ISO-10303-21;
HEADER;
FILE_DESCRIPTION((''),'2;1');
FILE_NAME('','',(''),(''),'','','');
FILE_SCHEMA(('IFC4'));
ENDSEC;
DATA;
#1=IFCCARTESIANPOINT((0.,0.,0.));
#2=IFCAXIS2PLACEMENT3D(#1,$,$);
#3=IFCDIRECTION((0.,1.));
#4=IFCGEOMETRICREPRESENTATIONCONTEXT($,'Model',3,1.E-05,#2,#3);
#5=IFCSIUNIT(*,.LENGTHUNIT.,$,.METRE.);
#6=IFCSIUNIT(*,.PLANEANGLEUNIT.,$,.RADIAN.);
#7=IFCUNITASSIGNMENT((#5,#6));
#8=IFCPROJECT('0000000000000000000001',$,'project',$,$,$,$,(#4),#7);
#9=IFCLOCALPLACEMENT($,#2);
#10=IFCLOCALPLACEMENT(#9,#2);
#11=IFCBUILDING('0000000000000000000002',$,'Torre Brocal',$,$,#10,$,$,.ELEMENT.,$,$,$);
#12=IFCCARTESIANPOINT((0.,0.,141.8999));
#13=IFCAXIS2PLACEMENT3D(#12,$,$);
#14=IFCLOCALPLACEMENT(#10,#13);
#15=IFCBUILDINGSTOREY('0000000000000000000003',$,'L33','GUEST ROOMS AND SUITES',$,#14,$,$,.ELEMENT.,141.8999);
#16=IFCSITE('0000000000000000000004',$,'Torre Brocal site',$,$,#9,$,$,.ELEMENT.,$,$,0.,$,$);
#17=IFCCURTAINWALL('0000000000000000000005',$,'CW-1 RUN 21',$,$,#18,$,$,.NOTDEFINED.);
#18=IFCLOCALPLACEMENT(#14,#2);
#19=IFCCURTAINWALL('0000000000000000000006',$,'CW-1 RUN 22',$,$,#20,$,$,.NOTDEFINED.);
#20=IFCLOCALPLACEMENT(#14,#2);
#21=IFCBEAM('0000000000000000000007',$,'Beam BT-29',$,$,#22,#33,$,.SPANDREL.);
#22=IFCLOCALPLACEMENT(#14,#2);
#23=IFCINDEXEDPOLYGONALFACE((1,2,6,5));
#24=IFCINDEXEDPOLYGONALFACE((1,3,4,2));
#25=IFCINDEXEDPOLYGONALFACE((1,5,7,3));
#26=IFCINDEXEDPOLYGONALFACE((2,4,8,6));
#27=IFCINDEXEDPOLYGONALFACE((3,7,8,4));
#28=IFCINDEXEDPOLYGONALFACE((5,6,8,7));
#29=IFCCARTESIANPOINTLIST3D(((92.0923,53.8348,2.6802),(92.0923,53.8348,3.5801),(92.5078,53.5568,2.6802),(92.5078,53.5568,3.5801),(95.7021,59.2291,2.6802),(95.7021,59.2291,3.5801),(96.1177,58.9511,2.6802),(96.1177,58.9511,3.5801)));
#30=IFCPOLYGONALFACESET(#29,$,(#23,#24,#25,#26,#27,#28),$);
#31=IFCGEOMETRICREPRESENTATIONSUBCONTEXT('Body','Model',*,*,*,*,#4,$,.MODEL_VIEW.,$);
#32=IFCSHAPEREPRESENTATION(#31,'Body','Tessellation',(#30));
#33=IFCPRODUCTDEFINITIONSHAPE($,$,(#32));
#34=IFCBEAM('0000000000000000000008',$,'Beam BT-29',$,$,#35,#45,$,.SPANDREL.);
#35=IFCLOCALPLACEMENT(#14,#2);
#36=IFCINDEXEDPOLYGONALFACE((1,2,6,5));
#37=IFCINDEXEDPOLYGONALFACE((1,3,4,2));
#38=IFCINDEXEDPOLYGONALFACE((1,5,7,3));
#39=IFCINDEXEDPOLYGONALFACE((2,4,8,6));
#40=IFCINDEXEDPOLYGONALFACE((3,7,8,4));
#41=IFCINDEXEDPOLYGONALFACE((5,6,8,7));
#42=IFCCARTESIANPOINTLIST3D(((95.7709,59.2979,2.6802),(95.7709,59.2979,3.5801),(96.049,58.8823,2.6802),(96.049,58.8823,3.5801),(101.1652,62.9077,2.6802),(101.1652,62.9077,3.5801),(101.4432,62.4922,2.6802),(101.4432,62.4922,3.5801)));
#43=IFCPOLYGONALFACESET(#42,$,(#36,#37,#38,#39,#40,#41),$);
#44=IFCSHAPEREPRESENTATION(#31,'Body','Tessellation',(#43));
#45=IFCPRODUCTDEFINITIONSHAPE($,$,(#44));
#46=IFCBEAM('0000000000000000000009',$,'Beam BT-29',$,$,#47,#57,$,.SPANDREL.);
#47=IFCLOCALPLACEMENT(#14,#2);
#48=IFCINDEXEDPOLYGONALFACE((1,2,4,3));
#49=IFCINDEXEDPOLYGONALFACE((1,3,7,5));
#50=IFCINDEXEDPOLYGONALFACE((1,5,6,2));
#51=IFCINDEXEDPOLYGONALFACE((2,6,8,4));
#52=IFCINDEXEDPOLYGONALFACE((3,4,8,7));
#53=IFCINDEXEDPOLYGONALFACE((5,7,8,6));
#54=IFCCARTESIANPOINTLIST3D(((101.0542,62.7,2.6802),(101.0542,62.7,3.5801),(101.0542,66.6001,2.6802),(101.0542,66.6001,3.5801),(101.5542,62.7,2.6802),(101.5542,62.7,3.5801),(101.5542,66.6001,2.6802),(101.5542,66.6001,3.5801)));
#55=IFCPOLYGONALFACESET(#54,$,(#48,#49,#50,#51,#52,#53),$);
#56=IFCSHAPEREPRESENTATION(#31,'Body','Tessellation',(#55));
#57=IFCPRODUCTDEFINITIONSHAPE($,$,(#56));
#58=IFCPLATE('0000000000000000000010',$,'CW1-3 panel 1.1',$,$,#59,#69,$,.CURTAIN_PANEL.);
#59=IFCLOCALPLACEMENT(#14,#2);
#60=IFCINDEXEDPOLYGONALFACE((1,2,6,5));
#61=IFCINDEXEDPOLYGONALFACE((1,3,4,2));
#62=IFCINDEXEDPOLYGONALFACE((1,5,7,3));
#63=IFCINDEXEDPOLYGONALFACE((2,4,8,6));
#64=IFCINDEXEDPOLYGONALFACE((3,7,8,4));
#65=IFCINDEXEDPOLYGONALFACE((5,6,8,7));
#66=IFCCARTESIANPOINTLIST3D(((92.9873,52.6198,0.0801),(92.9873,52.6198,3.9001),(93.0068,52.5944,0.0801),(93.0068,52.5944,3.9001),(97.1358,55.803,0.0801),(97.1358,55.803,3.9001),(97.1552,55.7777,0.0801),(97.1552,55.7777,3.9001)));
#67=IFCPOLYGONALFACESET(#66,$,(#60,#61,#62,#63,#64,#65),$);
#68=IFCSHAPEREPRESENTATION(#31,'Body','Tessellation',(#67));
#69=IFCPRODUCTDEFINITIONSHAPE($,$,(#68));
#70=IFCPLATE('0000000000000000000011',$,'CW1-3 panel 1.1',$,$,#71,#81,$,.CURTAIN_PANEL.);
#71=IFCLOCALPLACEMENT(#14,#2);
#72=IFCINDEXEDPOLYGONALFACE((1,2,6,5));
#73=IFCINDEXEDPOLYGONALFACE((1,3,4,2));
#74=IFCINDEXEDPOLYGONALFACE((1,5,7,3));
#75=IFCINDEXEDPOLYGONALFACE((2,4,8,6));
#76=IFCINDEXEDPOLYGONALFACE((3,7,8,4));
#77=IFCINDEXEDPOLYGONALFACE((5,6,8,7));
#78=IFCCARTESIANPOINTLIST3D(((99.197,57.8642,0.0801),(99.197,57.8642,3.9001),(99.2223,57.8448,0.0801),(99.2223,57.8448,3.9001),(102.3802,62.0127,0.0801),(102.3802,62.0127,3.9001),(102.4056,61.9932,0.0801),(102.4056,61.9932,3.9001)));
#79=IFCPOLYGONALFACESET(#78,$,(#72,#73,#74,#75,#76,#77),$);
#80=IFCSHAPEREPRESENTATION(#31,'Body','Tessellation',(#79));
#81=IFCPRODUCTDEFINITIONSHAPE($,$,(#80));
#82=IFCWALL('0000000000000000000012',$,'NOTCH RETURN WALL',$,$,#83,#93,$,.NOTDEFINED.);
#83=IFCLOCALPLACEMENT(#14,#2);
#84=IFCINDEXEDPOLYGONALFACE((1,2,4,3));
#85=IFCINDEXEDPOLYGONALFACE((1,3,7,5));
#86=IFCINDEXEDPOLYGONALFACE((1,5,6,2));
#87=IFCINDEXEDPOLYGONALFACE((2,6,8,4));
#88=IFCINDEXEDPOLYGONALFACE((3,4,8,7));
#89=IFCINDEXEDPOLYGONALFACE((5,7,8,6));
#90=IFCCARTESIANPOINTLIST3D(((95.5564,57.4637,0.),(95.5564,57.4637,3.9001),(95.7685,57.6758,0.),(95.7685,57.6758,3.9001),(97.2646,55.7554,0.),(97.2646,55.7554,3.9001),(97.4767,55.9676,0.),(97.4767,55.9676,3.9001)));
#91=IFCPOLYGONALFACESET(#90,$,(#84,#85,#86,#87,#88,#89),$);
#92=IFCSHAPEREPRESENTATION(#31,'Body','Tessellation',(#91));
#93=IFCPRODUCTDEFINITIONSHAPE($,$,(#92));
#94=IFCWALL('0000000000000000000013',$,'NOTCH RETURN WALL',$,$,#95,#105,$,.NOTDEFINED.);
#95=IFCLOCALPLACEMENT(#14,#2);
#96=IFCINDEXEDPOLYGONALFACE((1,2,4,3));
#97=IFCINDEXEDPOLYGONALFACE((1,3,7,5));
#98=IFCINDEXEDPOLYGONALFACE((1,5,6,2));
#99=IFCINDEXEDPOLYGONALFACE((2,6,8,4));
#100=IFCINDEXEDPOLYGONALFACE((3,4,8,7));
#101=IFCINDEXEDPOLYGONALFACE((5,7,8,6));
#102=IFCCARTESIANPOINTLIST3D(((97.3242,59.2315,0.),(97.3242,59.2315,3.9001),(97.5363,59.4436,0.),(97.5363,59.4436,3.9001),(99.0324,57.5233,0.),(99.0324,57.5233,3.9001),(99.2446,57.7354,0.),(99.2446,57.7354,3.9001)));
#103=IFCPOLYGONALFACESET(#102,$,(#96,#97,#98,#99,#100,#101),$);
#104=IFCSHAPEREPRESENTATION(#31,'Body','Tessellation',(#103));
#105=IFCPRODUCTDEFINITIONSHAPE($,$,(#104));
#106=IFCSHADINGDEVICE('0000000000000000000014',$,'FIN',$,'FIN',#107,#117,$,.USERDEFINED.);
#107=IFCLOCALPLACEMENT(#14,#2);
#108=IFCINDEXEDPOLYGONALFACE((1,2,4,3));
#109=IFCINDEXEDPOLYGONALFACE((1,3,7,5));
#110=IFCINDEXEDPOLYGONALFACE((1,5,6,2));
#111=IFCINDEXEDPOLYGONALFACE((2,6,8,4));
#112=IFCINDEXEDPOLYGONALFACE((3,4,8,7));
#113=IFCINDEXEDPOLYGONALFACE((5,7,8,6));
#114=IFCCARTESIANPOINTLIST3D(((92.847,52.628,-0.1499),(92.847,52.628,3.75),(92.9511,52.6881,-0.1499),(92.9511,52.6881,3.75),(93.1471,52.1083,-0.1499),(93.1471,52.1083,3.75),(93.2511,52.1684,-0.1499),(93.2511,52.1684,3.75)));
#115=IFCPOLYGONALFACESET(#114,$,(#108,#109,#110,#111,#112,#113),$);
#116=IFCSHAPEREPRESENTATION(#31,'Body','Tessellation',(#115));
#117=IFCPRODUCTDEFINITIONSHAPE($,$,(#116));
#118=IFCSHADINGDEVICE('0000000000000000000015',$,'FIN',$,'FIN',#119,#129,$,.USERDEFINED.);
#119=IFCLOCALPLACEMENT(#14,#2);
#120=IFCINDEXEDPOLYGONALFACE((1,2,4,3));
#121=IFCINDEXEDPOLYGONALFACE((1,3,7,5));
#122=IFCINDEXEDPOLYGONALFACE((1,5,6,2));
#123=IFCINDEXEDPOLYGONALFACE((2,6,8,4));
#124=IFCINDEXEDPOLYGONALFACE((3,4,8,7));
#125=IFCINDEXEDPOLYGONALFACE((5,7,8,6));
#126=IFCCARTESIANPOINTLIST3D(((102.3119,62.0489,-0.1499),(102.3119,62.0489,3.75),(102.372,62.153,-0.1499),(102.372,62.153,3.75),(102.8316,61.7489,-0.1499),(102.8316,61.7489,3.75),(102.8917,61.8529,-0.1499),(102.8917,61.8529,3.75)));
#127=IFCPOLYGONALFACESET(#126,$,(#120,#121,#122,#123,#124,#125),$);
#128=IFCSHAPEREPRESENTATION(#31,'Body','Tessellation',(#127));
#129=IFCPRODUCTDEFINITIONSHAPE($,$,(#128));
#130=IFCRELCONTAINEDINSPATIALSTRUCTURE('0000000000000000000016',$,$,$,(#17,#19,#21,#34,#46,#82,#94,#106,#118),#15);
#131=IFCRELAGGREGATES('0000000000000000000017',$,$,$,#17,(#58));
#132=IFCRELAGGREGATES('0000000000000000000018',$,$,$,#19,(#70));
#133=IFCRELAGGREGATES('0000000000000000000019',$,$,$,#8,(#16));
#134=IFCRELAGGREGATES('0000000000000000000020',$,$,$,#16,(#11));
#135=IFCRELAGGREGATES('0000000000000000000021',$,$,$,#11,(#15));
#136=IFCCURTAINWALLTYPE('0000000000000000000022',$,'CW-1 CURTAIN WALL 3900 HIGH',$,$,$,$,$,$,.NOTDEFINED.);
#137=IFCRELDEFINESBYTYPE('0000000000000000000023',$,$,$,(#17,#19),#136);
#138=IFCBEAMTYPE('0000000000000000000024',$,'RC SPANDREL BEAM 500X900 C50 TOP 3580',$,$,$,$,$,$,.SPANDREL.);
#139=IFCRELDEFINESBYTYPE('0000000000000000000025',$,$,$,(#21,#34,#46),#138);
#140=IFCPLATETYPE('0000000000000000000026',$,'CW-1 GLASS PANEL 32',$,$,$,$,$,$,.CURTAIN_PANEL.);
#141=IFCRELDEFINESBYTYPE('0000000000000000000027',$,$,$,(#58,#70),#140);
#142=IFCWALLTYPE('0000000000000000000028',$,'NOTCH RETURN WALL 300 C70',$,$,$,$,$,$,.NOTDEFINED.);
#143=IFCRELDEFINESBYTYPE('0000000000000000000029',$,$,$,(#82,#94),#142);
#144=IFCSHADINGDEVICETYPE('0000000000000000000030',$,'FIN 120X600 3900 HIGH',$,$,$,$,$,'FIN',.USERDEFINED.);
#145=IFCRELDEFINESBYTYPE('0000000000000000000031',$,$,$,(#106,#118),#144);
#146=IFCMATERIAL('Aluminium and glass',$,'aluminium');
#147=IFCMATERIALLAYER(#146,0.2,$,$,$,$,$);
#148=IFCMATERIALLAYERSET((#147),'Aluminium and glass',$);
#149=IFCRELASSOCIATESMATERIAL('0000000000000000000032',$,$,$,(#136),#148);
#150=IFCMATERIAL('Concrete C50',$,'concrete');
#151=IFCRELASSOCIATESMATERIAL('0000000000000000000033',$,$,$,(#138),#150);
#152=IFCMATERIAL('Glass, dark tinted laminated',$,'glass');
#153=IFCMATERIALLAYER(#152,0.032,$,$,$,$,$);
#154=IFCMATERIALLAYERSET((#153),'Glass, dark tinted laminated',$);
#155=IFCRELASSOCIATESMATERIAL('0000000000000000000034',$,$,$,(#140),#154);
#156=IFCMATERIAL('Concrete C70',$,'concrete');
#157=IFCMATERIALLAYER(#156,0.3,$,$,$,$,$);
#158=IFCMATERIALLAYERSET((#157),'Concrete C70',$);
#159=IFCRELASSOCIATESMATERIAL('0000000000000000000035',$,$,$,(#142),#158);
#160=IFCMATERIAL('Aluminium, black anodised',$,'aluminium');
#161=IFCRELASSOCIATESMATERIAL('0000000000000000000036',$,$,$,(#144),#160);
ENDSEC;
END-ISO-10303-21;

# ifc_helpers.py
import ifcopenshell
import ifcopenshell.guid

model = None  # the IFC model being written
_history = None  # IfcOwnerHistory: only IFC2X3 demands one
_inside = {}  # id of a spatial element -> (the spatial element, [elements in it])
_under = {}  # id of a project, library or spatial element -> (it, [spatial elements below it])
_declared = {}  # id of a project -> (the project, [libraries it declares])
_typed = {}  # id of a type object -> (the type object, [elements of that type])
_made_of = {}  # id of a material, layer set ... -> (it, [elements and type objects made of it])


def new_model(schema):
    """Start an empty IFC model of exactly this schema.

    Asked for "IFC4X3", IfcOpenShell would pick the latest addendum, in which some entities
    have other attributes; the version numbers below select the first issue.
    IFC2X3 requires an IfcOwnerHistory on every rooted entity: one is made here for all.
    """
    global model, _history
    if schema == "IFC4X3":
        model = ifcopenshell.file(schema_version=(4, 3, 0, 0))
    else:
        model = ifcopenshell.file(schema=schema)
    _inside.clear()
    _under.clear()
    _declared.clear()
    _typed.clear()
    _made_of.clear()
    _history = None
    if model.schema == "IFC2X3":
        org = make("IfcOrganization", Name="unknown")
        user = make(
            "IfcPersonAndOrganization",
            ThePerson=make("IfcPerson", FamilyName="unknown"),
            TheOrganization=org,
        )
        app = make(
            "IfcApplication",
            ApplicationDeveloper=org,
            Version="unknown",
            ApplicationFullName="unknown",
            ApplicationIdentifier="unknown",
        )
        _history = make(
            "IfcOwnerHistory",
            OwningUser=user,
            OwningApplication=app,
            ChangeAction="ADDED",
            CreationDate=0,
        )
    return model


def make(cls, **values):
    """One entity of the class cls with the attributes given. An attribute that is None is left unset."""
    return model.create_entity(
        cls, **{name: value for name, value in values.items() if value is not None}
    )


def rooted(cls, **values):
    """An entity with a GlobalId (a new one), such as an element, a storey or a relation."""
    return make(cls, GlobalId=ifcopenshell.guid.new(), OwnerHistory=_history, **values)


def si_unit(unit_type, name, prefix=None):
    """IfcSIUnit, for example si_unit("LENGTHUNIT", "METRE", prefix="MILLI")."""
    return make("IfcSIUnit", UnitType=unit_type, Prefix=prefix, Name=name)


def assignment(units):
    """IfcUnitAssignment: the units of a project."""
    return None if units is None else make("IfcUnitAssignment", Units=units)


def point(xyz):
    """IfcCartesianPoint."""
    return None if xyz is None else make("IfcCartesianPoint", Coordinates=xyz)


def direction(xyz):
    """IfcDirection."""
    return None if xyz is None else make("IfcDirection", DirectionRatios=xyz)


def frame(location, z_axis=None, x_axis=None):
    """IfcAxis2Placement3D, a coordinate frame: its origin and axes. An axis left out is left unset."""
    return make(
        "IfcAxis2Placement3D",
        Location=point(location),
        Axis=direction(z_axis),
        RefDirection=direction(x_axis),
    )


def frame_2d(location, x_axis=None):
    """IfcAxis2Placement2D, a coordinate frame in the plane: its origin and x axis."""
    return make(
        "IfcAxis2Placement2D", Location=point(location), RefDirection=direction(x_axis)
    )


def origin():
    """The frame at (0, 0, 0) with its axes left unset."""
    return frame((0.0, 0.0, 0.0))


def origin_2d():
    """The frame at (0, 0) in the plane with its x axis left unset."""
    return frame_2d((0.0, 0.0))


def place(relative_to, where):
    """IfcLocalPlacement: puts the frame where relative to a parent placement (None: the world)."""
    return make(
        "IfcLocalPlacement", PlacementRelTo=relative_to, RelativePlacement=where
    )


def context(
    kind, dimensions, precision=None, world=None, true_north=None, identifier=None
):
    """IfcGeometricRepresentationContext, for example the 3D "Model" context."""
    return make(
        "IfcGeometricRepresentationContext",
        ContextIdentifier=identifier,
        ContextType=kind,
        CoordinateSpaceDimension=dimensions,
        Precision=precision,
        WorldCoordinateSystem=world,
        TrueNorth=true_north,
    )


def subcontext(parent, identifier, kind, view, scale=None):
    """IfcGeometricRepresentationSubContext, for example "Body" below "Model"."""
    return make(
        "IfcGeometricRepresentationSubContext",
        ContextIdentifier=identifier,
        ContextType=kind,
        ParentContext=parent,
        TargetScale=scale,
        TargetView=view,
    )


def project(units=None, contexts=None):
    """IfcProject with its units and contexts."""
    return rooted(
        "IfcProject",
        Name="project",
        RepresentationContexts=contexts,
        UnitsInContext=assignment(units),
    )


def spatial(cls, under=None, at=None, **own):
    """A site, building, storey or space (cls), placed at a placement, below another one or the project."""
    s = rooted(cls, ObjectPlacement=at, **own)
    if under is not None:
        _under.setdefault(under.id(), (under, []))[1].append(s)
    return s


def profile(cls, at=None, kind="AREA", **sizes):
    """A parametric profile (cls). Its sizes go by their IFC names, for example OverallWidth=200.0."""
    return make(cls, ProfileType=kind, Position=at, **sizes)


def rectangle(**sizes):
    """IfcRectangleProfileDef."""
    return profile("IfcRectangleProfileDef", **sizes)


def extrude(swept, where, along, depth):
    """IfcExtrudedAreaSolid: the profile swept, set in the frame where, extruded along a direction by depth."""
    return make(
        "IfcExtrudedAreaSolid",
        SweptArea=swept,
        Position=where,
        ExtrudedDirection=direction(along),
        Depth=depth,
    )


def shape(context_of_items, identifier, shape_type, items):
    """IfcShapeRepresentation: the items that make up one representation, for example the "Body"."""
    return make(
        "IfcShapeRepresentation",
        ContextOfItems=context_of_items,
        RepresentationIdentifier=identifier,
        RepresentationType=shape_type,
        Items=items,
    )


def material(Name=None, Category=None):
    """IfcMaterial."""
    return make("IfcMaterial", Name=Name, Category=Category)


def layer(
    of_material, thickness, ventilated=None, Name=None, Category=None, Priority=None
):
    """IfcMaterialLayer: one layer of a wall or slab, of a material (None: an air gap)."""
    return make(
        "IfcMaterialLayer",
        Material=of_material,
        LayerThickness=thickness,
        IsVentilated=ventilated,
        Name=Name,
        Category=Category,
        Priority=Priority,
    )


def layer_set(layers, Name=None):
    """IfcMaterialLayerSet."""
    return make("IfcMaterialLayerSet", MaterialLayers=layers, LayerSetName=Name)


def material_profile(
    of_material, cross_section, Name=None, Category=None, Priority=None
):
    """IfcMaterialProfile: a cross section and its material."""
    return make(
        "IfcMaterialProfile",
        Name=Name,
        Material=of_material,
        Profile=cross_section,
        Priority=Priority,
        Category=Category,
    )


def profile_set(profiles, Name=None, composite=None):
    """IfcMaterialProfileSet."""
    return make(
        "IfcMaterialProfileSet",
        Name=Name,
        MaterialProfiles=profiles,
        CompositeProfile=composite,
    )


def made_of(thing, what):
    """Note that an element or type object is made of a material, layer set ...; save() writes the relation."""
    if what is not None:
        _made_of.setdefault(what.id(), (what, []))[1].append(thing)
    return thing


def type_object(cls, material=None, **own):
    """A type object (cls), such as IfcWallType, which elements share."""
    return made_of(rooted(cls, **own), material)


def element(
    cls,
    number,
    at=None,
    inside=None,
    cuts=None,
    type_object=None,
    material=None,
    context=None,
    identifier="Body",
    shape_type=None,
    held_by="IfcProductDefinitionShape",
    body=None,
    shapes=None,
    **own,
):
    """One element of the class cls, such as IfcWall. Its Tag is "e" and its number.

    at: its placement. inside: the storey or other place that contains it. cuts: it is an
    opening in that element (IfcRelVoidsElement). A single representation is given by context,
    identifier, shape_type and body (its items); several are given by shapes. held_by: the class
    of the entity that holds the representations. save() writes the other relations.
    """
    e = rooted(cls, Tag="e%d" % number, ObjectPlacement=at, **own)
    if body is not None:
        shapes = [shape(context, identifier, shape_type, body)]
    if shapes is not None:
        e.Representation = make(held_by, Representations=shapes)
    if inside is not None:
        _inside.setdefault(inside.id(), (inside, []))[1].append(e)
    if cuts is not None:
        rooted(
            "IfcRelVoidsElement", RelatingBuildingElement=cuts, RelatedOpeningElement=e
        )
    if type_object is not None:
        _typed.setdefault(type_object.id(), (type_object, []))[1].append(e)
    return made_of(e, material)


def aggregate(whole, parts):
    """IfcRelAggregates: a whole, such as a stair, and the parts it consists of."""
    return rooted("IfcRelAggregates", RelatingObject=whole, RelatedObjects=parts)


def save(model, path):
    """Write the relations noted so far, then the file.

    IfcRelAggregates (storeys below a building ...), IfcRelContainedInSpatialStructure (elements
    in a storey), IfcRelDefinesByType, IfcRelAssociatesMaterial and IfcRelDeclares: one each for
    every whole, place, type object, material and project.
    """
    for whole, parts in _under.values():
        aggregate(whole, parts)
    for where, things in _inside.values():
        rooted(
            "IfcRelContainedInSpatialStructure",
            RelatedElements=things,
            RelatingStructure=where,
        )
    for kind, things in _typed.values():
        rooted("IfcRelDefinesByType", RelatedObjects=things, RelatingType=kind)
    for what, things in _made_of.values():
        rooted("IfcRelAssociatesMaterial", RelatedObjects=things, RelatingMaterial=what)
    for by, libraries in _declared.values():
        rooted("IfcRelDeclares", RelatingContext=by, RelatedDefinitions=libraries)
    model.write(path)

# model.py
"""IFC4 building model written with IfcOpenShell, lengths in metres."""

from ifc_helpers import new_model, si_unit, direction, frame, frame_2d, origin, origin_2d, place, context, subcontext, project, spatial, rectangle, extrude, material, layer, layer_set, material_profile, profile_set, type_object, element, aggregate, save


model = new_model("IFC4")

# Units and contexts
model_context = context("Model", 3, precision=1e-05, world=origin(), true_north=direction((0.0, 1.0)))
body_context = subcontext(model_context, "Body", "Model", "MODEL_VIEW")
ifc_project = project(units=[si_unit("LENGTHUNIT", "METRE"), si_unit("PLANEANGLEUNIT", "RADIAN")], contexts=[model_context])

# Site, building, storey
site_placement = place(None, origin())
site = spatial("IfcSite", under=ifc_project, at=site_placement, Name="Torre Brocal site", CompositionType="ELEMENT", RefElevation=0.0)
building_placement = place(site_placement, origin())
building = spatial("IfcBuilding", under=site, at=building_placement, Name="Torre Brocal", CompositionType="ELEMENT")
storey_placement = place(building_placement, frame((0.0, 0.0, 141.8999)))
storey = spatial("IfcBuildingStorey", under=building, at=storey_placement, Name="L33", Description="GUEST ROOMS AND SUITES", CompositionType="ELEMENT", Elevation=141.8999)

# Shared definitions
ifc_material_1 = material(Name="Aluminium and glass", Category="aluminium")
ifc_layer_1 = layer(ifc_material_1, 0.2)
ifc_layer_set_1 = layer_set([ifc_layer_1], Name="Aluminium and glass")
curtain_wall_type = type_object("IfcCurtainWallType", Name="CW-1 CURTAIN WALL 3900 HIGH", PredefinedType="NOTDEFINED", material=ifc_layer_set_1)

# Curtain walls
curtain_wall_1_placement = place(storey_placement, origin())
curtain_wall_1 = element("IfcCurtainWall", 1, at=curtain_wall_1_placement, inside=storey, type_object=curtain_wall_type, Name="CW-1 RUN 21", PredefinedType="NOTDEFINED")
curtain_wall_2_placement = place(storey_placement, origin())
curtain_wall_2 = element("IfcCurtainWall", 2, at=curtain_wall_2_placement, inside=storey, type_object=curtain_wall_type, Name="CW-1 RUN 22", PredefinedType="NOTDEFINED")

# Beams
ifc_material_2 = material(Name="Concrete C50", Category="concrete")
ifc_material_profile_1 = material_profile(ifc_material_2, rectangle(XDim=0.5, YDim=0.8999, at=origin_2d()), Name="RC 500X900")
ifc_profile_set_1 = profile_set([ifc_material_profile_1], Name="Concrete C50")
beam_type_1 = type_object("IfcBeamType", Name="RC SPANDREL BEAM 500X900 C50 TOP 3580", PredefinedType="SPANDREL", material=ifc_profile_set_1)
for number, where, z_axis, x_axis, name in (
    (3, (92.3, 53.6958, 3.1301), (0.556158, 0.831077, 0.0), (-0.831077, 0.556158, 0.0), "Beam BT-29"),
    (4, (95.9099, 59.0901, 3.1301), (0.831077, 0.556158, 0.0), (-0.556158, 0.831077, 0.0), "Beam BT-29"),
):
    element("IfcBeam", number, at=place(storey_placement, frame(where, z_axis=z_axis, x_axis=x_axis)), inside=storey, type_object=beam_type_1, Name=name, PredefinedType="SPANDREL", context=body_context, shape_type="SweptSolid", body=[
        extrude(rectangle(XDim=0.5, YDim=0.8999, at=origin_2d()), origin(), (0.0, 0.0, 1.0), 6.4907),
    ])
beam_1_placement = place(storey_placement, frame((101.3042, 62.7, 3.1301), z_axis=(0.0, 1.0, 0.0), x_axis=(-1.0, 0.0, 0.0)))
element("IfcBeam", 5, at=beam_1_placement, inside=storey, type_object=beam_type_1, Name="Beam BT-29", PredefinedType="SPANDREL", context=body_context, shape_type="SweptSolid", body=[
    extrude(rectangle(XDim=0.5, YDim=0.8999, at=origin_2d()), origin(), (0.0, 0.0, 1.0), 3.9001),
])

# Plates
ifc_material_3 = material(Name="Glass, dark tinted laminated", Category="glass")
ifc_layer_2 = layer(ifc_material_3, 0.032)
ifc_layer_set_2 = layer_set([ifc_layer_2], Name="Glass, dark tinted laminated")
plate_type = type_object("IfcPlateType", Name="CW-1 GLASS PANEL 32", PredefinedType="CURTAIN_PANEL", material=ifc_layer_set_2)
plate_1_placement = place(storey_placement, frame((95.0713, 54.1987, 0.0801), z_axis=(0.0, 0.0, 1.0), x_axis=(0.793353, 0.608761, 0.0)))
plate_1 = element("IfcPlate", 6, at=plate_1_placement, type_object=plate_type, Name="CW1-3 panel 1.1", PredefinedType="CURTAIN_PANEL", context=body_context, shape_type="SweptSolid", body=[
    extrude(rectangle(XDim=5.229, YDim=0.032, at=origin_2d()), origin(), (0.0, 0.0, 1.0), 3.8201),
])
aggregate(curtain_wall_1, [plate_1])
plate_2_placement = place(storey_placement, frame((100.8013, 59.9287, 0.0801), z_axis=(0.0, 0.0, 1.0), x_axis=(0.608761, 0.793353, 0.0)))
plate_2 = element("IfcPlate", 7, at=plate_2_placement, type_object=plate_type, Name="CW1-3 panel 1.1", PredefinedType="CURTAIN_PANEL", context=body_context, shape_type="SweptSolid", body=[
    extrude(rectangle(XDim=5.229, YDim=0.032, at=origin_2d()), origin(), (0.0, 0.0, 1.0), 3.8201),
])
aggregate(curtain_wall_2, [plate_2])

# Walls
ifc_material_4 = material(Name="Concrete C70", Category="concrete")
ifc_layer_3 = layer(ifc_material_4, 0.3)
ifc_layer_set_3 = layer_set([ifc_layer_3], Name="Concrete C70")
wall_type = type_object("IfcWallType", Name="NOTCH RETURN WALL 300 C70", PredefinedType="NOTDEFINED", material=ifc_layer_set_3)
for number, where, z_axis, x_axis, name in (
    (8, (95.6624, 57.5698, 0.0), (0.0, 0.0, 1.0), (0.707107, -0.707107, 0.0), "NOTCH RETURN WALL"),
    (9, (97.4302, 59.3376, 0.0), (0.0, 0.0, 1.0), (0.707107, -0.707107, 0.0), "NOTCH RETURN WALL"),
):
    element("IfcWall", number, at=place(storey_placement, frame(where, z_axis=z_axis, x_axis=x_axis)), inside=storey, type_object=wall_type, Name=name, PredefinedType="NOTDEFINED", context=body_context, shape_type="SweptSolid", body=[
        extrude(rectangle(XDim=2.4158, YDim=0.3, at=frame_2d((1.208, 0.0))), origin(), (0.0, 0.0, 1.0), 3.9001),
    ])

# Shading devices
ifc_material_5 = material(Name="Aluminium, black anodised", Category="aluminium")
ifc_material_profile_2 = material_profile(ifc_material_5, rectangle(XDim=0.1201, YDim=0.6001, at=origin_2d()), Name="FIN 120X600 3900 HIGH")
ifc_profile_set_2 = profile_set([ifc_material_profile_2], Name="Aluminium, black anodised")
shading_device_type = type_object("IfcShadingDeviceType", Name="FIN 120X600 3900 HIGH", ElementType="FIN", PredefinedType="USERDEFINED", material=ifc_profile_set_2)
for number, where, z_axis, x_axis, name in (
    (10, (93.0491, 52.3982, -0.1499), (0.0, 0.0, 1.0), (0.866025, 0.5, 0.0), "FIN"),
    (11, (102.6018, 61.9509, -0.1499), (0.0, 0.0, 1.0), (0.5, 0.866025, 0.0), "FIN"),
):
    element("IfcShadingDevice", number, at=place(storey_placement, frame(where, z_axis=z_axis, x_axis=x_axis)), inside=storey, type_object=shading_device_type, Name=name, ObjectType="FIN", PredefinedType="USERDEFINED", context=body_context, shape_type="SweptSolid", body=[
        extrude(rectangle(XDim=0.1201, YDim=0.6001, at=origin_2d()), origin(), (0.0, 0.0, 1.0), 3.8999),
    ])

save(model, "model.ifc")
